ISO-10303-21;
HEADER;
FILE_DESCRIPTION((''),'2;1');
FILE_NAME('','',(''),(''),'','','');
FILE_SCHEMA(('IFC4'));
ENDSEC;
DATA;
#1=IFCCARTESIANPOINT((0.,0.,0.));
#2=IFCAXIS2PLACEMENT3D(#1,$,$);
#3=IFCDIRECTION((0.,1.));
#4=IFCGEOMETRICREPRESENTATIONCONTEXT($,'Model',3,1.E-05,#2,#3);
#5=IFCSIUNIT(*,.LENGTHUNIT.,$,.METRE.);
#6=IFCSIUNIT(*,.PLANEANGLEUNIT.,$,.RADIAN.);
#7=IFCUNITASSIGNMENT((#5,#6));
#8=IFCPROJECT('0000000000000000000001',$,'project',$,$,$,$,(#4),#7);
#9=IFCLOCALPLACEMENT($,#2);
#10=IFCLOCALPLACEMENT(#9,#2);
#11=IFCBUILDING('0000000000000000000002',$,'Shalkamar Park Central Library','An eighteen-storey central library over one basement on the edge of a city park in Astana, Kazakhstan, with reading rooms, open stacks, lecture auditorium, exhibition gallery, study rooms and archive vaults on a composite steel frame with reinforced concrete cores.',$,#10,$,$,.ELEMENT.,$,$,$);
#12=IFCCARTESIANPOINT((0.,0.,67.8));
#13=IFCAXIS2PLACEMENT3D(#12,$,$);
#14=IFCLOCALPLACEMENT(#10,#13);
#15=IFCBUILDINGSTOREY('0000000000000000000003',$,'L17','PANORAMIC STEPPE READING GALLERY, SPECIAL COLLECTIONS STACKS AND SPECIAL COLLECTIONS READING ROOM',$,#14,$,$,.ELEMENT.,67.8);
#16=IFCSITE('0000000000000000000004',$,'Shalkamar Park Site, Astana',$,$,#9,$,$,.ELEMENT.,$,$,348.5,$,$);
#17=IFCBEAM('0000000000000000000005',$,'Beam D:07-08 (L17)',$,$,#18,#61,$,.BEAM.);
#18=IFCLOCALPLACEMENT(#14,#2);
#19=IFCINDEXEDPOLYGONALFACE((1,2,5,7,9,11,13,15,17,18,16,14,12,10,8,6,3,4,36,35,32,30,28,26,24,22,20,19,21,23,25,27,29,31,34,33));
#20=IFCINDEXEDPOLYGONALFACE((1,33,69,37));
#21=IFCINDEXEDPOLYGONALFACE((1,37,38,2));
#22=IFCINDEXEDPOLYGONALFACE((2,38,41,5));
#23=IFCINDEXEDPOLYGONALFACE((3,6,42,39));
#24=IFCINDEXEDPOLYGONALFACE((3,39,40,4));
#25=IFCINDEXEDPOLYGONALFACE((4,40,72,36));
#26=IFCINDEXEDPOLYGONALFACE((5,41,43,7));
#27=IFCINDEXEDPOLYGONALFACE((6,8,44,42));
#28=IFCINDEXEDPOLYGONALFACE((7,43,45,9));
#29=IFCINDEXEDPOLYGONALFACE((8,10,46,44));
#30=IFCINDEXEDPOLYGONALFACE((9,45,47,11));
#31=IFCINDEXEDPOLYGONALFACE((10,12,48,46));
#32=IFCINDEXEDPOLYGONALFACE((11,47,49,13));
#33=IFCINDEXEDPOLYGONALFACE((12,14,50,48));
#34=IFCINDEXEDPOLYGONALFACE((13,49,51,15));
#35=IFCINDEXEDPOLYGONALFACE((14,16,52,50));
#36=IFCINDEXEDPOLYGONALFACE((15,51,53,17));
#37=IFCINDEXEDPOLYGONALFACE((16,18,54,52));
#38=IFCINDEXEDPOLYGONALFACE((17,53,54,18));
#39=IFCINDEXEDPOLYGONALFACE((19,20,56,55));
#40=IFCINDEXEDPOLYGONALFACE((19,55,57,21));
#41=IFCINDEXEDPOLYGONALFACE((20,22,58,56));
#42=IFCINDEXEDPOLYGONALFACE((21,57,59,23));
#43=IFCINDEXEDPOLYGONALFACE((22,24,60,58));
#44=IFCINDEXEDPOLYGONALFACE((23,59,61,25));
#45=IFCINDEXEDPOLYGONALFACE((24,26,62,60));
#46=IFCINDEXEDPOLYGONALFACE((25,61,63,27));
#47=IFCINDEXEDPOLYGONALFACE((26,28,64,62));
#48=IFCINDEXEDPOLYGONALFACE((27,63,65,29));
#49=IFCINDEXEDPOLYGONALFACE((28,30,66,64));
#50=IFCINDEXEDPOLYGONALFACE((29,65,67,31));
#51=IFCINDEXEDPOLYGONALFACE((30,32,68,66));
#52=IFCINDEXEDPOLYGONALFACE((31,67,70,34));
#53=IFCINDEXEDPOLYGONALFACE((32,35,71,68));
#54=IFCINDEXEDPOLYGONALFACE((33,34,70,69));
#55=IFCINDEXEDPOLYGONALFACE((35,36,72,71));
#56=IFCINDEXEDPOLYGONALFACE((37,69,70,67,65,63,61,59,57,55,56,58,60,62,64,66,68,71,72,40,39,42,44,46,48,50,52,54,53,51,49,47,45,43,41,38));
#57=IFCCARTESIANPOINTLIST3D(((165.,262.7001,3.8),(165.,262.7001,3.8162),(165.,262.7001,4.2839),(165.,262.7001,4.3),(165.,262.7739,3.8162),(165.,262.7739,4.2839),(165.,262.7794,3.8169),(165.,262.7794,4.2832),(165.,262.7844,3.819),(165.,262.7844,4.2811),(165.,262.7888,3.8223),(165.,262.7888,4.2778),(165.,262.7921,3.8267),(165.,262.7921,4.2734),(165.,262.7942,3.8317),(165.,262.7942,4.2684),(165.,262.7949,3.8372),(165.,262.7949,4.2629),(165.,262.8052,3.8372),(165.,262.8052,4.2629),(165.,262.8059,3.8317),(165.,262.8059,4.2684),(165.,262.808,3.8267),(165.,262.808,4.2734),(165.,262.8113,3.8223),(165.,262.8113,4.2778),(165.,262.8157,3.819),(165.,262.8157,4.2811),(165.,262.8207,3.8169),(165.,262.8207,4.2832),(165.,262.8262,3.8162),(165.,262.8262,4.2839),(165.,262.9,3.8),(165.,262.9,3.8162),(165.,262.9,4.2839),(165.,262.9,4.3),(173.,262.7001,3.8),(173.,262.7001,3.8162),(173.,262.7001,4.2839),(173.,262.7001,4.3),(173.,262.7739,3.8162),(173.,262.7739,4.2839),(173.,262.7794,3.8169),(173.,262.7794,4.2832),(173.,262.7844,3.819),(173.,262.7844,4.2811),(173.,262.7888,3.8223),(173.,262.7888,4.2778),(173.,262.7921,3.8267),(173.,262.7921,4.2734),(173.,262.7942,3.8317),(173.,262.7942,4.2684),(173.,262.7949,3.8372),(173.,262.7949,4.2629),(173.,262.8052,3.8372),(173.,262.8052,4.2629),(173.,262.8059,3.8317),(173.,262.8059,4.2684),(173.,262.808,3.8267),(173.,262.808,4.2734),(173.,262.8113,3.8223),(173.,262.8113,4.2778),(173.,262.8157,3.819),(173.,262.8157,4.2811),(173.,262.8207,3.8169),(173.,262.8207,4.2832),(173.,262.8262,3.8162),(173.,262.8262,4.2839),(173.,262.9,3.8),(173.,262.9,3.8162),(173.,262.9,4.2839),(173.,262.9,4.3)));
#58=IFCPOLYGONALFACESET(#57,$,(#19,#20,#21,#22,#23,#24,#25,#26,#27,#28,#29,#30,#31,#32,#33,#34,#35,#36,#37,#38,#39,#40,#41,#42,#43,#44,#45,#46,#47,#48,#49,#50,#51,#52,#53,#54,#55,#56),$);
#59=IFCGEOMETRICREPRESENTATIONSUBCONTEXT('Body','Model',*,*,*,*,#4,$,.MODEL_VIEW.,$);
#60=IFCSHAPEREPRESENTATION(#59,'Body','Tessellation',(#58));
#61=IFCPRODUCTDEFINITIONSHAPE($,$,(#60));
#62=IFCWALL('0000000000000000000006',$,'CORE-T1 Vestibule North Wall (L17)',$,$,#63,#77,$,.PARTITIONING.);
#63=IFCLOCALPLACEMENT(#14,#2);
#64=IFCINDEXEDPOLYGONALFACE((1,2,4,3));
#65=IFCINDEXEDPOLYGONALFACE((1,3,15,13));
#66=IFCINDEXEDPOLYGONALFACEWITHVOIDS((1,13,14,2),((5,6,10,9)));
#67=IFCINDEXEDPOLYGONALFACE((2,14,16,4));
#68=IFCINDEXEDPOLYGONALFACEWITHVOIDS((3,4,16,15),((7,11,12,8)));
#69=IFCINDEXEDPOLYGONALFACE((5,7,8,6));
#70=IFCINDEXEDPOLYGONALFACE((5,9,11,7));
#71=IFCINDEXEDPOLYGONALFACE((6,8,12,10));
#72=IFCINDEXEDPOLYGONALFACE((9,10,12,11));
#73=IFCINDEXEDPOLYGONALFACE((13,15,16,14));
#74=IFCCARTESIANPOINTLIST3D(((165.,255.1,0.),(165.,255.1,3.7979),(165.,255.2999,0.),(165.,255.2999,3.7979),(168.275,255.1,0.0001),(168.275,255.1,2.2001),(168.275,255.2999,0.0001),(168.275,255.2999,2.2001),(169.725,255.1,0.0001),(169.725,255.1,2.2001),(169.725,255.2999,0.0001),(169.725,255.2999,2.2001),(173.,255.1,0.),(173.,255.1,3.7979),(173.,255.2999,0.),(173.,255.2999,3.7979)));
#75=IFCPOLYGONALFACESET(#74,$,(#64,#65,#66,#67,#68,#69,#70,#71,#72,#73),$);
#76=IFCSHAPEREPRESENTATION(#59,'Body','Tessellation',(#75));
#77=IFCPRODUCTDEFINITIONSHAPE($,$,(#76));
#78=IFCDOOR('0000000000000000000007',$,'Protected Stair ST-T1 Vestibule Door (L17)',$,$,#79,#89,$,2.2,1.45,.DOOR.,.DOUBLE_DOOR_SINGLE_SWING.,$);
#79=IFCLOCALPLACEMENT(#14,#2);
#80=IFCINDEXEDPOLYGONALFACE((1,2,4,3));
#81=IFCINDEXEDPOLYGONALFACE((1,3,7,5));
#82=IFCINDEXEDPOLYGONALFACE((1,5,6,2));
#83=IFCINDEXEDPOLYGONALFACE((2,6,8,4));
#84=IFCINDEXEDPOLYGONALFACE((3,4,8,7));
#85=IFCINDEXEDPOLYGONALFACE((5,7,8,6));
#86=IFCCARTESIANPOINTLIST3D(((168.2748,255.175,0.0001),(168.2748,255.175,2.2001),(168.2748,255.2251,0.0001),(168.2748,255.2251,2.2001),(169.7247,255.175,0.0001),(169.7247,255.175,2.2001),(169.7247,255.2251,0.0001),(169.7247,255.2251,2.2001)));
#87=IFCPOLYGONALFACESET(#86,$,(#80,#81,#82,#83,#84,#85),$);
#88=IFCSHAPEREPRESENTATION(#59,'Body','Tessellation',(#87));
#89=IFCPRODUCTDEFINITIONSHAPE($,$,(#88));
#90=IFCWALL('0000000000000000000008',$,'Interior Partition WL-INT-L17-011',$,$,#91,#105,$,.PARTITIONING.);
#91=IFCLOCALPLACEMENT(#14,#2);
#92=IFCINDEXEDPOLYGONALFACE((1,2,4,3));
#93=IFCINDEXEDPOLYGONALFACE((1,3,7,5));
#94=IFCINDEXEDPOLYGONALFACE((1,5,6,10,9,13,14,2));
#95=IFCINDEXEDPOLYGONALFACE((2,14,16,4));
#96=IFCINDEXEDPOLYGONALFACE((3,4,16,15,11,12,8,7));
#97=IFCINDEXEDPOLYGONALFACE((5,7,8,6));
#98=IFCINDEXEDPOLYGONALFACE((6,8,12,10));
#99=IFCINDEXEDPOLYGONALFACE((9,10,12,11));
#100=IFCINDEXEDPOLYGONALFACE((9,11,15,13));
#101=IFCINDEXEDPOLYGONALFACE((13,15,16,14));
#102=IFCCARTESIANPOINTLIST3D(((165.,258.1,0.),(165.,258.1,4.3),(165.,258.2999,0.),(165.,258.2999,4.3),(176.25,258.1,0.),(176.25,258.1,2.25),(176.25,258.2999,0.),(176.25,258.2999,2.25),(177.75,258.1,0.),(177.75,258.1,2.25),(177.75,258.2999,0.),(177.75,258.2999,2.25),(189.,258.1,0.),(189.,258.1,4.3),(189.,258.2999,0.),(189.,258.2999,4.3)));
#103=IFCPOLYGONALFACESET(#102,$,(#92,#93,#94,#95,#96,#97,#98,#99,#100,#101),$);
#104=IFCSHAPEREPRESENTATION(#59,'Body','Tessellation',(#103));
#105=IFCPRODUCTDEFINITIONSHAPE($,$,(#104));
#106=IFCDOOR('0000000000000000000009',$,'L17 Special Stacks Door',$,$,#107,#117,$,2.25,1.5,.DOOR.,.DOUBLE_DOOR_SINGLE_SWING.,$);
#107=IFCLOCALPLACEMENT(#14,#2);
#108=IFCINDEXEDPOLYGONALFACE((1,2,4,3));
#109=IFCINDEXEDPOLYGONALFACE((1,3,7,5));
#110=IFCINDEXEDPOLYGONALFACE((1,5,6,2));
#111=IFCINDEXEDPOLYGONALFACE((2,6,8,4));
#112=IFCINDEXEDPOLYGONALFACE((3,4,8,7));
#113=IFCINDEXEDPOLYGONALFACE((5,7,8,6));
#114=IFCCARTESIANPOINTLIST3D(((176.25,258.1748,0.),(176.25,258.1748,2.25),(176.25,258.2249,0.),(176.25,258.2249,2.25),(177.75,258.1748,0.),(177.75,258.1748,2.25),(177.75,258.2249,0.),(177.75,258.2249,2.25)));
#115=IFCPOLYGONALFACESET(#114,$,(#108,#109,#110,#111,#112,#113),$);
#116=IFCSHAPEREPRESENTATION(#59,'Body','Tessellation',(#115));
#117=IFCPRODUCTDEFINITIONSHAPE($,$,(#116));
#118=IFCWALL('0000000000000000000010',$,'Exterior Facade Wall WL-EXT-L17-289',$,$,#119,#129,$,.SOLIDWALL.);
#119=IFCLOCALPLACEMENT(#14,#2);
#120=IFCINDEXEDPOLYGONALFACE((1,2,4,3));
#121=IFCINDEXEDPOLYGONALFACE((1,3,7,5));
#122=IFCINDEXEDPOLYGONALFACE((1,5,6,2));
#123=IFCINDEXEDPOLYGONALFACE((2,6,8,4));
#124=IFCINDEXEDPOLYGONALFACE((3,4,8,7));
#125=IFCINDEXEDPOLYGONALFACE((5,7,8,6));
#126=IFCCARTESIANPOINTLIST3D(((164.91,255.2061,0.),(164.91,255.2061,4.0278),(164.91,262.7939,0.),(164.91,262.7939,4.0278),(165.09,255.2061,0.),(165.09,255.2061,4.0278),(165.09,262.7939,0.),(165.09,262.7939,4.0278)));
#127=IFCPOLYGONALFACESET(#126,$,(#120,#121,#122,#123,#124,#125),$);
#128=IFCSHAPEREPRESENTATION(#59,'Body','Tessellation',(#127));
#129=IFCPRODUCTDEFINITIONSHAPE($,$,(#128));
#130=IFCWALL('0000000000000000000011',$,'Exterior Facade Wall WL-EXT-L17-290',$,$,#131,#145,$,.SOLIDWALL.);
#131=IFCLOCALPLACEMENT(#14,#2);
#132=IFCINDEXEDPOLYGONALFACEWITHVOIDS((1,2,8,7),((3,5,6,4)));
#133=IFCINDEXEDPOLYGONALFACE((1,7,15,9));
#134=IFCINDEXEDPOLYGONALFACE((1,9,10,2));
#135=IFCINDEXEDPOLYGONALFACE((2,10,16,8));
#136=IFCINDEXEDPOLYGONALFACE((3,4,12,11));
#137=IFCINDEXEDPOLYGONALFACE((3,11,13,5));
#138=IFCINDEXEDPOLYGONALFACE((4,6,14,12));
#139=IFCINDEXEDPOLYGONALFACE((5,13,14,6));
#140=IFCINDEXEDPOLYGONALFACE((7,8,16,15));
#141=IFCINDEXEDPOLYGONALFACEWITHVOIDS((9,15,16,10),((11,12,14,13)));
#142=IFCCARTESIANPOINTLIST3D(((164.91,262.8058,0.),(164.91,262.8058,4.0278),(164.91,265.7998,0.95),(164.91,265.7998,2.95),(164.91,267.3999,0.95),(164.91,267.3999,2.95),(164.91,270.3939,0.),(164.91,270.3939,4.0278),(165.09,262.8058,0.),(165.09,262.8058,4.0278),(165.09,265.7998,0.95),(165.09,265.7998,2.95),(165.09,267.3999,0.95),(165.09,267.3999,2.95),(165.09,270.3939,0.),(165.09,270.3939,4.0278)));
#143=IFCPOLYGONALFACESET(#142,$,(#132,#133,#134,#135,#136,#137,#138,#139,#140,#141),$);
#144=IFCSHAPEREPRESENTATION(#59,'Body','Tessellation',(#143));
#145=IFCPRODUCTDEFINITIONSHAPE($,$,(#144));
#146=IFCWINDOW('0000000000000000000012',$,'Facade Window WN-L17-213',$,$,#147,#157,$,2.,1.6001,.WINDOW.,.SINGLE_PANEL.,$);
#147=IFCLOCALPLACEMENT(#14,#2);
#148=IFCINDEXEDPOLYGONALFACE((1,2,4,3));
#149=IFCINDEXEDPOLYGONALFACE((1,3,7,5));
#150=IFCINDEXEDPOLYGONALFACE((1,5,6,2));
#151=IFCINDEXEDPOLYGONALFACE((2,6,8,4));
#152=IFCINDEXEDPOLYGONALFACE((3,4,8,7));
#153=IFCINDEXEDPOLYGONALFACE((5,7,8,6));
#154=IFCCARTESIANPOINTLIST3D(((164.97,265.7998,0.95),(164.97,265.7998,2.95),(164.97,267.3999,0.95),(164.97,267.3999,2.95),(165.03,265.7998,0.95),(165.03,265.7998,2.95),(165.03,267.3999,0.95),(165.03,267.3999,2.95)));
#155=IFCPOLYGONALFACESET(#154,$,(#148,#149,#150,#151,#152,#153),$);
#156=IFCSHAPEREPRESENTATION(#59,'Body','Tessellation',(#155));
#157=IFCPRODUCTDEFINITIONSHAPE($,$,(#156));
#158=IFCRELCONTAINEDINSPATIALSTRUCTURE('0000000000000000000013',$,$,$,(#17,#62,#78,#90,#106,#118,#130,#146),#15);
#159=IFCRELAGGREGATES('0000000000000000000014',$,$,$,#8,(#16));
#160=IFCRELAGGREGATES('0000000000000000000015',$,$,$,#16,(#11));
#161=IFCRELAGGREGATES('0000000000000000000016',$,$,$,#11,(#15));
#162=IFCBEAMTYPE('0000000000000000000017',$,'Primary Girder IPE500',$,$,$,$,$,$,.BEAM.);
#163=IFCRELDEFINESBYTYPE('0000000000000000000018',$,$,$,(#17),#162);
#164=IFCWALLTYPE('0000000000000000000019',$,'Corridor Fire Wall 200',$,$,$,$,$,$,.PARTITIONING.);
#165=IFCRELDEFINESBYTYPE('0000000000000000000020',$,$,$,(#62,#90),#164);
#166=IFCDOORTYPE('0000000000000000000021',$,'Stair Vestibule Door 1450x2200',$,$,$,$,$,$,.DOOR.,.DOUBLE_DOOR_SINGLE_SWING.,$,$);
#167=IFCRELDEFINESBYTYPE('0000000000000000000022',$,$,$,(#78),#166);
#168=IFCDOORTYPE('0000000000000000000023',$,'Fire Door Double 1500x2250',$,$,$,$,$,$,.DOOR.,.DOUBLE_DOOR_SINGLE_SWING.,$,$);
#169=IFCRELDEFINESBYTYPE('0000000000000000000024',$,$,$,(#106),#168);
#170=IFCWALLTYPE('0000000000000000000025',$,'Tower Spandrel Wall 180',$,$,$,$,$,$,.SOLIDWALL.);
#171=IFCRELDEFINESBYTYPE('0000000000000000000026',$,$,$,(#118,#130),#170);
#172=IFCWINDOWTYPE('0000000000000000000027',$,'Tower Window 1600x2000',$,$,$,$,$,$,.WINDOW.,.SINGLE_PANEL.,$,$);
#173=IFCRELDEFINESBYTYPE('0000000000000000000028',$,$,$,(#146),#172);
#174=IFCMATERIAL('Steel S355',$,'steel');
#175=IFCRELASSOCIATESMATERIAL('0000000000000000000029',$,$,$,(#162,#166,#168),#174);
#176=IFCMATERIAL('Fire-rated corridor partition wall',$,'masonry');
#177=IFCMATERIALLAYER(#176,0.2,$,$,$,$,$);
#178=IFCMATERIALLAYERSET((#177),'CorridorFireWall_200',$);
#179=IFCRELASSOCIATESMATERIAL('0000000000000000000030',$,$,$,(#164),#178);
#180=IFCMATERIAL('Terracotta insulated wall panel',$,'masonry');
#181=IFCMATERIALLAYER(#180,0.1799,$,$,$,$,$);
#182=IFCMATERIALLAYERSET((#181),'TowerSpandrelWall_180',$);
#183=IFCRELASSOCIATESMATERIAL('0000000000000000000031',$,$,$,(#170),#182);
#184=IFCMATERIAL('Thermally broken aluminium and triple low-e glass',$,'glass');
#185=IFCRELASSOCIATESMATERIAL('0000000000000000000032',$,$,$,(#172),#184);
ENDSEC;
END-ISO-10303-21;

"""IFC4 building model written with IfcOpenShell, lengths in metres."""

from ifc_helpers import new_model, si_unit, direction, frame, frame_2d, origin, origin_2d, place, context, subcontext, project, spatial, rectangle, i_section, extrude, material, layer, layer_set, material_profile, profile_set, type_object, element, fill, save


model = new_model("IFC4")

# Units and contexts
model_context = context("Model", 3, precision=1e-05, world=origin(), true_north=direction((0.0, 1.0)))
body_context = subcontext(model_context, "Body", "Model", "MODEL_VIEW")
ifc_project = project(units=[si_unit("LENGTHUNIT", "METRE"), si_unit("PLANEANGLEUNIT", "RADIAN")], contexts=[model_context])

# Site, building, storey
site_placement = place(None, origin())
site = spatial("IfcSite", under=ifc_project, at=site_placement, Name="Shalkamar Park Site, Astana", CompositionType="ELEMENT", RefElevation=348.5)
building_placement = place(site_placement, origin())
building = spatial("IfcBuilding", under=site, at=building_placement, Name="Shalkamar Park Central Library", Description="An eighteen-storey central library over one basement on the edge of a city park in Astana, Kazakhstan, with reading rooms, open stacks, lecture auditorium, exhibition gallery, study rooms and archive vaults on a composite steel frame with reinforced concrete cores.", CompositionType="ELEMENT")
storey_placement = place(building_placement, frame((0.0, 0.0, 67.8)))
storey = spatial("IfcBuildingStorey", under=building, at=storey_placement, Name="L17", Description="PANORAMIC STEPPE READING GALLERY, SPECIAL COLLECTIONS STACKS AND SPECIAL COLLECTIONS READING ROOM", CompositionType="ELEMENT", Elevation=67.8)

# Shared definitions
ifc_material_1 = material(Name="Steel S355", Category="steel")

# Beam
ifc_material_profile_1 = material_profile(ifc_material_1, i_section(OverallWidth=0.2, OverallDepth=0.5, WebThickness=0.0103, FlangeThickness=0.0161, FilletRadius=0.021, at=origin_2d()), Name="IPE 500")
ifc_profile_set_1 = profile_set([ifc_material_profile_1], Name="Steel S355")
beam_type_1 = type_object("IfcBeamType", Name="Primary Girder IPE500", PredefinedType="BEAM", material=ifc_profile_set_1)
for number, where, z_axis, x_axis, name in (
    (1, (165.0, 262.8, 4.05), (1.0, 0.0, 0.0), (0.0, 1.0, 0.0), "Beam D:07-08 (L17)"),
):
    element("IfcBeam", number, at=place(storey_placement, frame(where, z_axis=z_axis, x_axis=x_axis)), inside=storey, type_object=beam_type_1, Name=name, PredefinedType="BEAM", context=body_context, shape_type="SweptSolid", body=[
        extrude(i_section(OverallWidth=0.2, OverallDepth=0.5, WebThickness=0.0103, FlangeThickness=0.0161, FilletRadius=0.021, at=origin_2d()), origin(), (0.0, 0.0, 1.0), 8.0),
    ])

# Walls, openings, doors
ifc_material_2 = material(Name="Fire-rated corridor partition wall", Category="masonry")
ifc_layer_1 = layer(ifc_material_2, 0.2)
ifc_layer_set_1 = layer_set([ifc_layer_1], Name="CorridorFireWall_200")
wall_type_1 = type_object("IfcWallType", Name="Corridor Fire Wall 200", PredefinedType="PARTITIONING", material=ifc_layer_set_1)
wall_1_placement = place(storey_placement, frame((165.0, 255.2, 0.0), z_axis=(0.0, 0.0, 1.0), x_axis=(1.0, 0.0, 0.0)))
wall_1 = element("IfcWall", 2, at=wall_1_placement, inside=storey, type_object=wall_type_1, Name="CORE-T1 Vestibule North Wall (L17)", PredefinedType="PARTITIONING", context=body_context, shape_type="SweptSolid", body=[
    extrude(rectangle(XDim=8.0, YDim=0.2, at=frame_2d((4.0, 0.0))), origin(), (0.0, 0.0, 1.0), 3.7979),
])
opening_1_placement = place(wall_1_placement, frame((3.2749, 0.0, 0.0)))
opening_1 = element("IfcOpeningElement", 3, at=opening_1_placement, cuts=wall_1, PredefinedType="OPENING", context=body_context, shape_type="SweptSolid", body=[
    extrude(rectangle(XDim=1.45, YDim=2.2, at=frame_2d((0.7251, 1.1001))), frame((0.0, 0.1147, 0.0), z_axis=(0.0, -1.0, 0.0), x_axis=(1.0, 0.0, 0.0)), (0.0, 0.0, 1.0), 0.2297),
])
door_type_1 = type_object("IfcDoorType", Name="Stair Vestibule Door 1450x2200", OperationType="DOUBLE_DOOR_SINGLE_SWING", PredefinedType="DOOR", material=ifc_material_1)
door_1_placement = place(opening_1_placement, frame((1.45, 0.0, 0.0), z_axis=(0.0, 0.0, 1.0), x_axis=(-1.0, 0.0, 0.0)))
door_1 = element("IfcDoor", 4, at=door_1_placement, inside=storey, type_object=door_type_1, Name="Protected Stair ST-T1 Vestibule Door (L17)", OperationType="DOUBLE_DOOR_SINGLE_SWING", OverallHeight=2.2, OverallWidth=1.45, PredefinedType="DOOR", context=body_context, shape_type="SweptSolid", body=[
    extrude(rectangle(XDim=1.45, YDim=2.2, at=frame_2d((0.7251, 1.1001))), frame((0.0, 0.0249, 0.0), z_axis=(0.0, -1.0, 0.0), x_axis=(1.0, 0.0, 0.0)), (0.0, 0.0, 1.0), 0.05),
])
fill(opening_1, door_1)
wall_2_placement = place(storey_placement, frame((165.0, 258.2, 0.0), z_axis=(0.0, 0.0, 1.0), x_axis=(1.0, 0.0, 0.0)))
wall_2 = element("IfcWall", 5, at=wall_2_placement, inside=storey, type_object=wall_type_1, Name="Interior Partition WL-INT-L17-011", PredefinedType="PARTITIONING", context=body_context, shape_type="SweptSolid", body=[
    extrude(rectangle(XDim=24.0, YDim=0.2, at=frame_2d((12.0, 0.0))), origin(), (0.0, 0.0, 1.0), 4.3),
])
opening_2_placement = place(wall_2_placement, frame((11.25, 0.0, 0.0)))
opening_2 = element("IfcOpeningElement", 6, at=opening_2_placement, cuts=wall_2, PredefinedType="OPENING", context=body_context, shape_type="SweptSolid", body=[
    extrude(rectangle(XDim=1.5, YDim=2.25, at=frame_2d((0.75, 1.125))), frame((0.0, 0.1147, 0.0), z_axis=(0.0, -1.0, 0.0), x_axis=(1.0, 0.0, 0.0)), (0.0, 0.0, 1.0), 0.2297),
])
door_type_2 = type_object("IfcDoorType", Name="Fire Door Double 1500x2250", OperationType="DOUBLE_DOOR_SINGLE_SWING", PredefinedType="DOOR", material=ifc_material_1)
door_2_placement = place(opening_2_placement, origin())
door_2 = element("IfcDoor", 7, at=door_2_placement, inside=storey, type_object=door_type_2, Name="L17 Special Stacks Door", OperationType="DOUBLE_DOOR_SINGLE_SWING", OverallHeight=2.25, OverallWidth=1.5, PredefinedType="DOOR", context=body_context, shape_type="SweptSolid", body=[
    extrude(rectangle(XDim=1.5, YDim=2.25, at=frame_2d((0.75, 1.125))), frame((0.0, 0.0249, 0.0), z_axis=(0.0, -1.0, 0.0), x_axis=(1.0, 0.0, 0.0)), (0.0, 0.0, 1.0), 0.05),
])
fill(opening_2, door_2)

# Wall
ifc_material_3 = material(Name="Terracotta insulated wall panel", Category="masonry")
ifc_layer_2 = layer(ifc_material_3, 0.1799)
ifc_layer_set_2 = layer_set([ifc_layer_2], Name="TowerSpandrelWall_180")
wall_type_2 = type_object("IfcWallType", Name="Tower Spandrel Wall 180", PredefinedType="SOLIDWALL", material=ifc_layer_set_2)
wall_3_placement = place(storey_placement, frame((165.0, 255.2061, 0.0), z_axis=(0.0, 0.0, 1.0), x_axis=(0.0, 1.0, 0.0)))
element("IfcWall", 8, at=wall_3_placement, inside=storey, type_object=wall_type_2, Name="Exterior Facade Wall WL-EXT-L17-289", PredefinedType="SOLIDWALL", context=body_context, shape_type="SweptSolid", body=[
    extrude(rectangle(XDim=7.5879, YDim=0.1799, at=frame_2d((3.7939, 0.0))), origin(), (0.0, 0.0, 1.0), 4.0278),
])

# Wall, opening, window
wall_4_placement = place(storey_placement, frame((165.0, 262.8059, 0.0), z_axis=(0.0, 0.0, 1.0), x_axis=(0.0, 1.0, 0.0)))
wall_4 = element("IfcWall", 9, at=wall_4_placement, inside=storey, type_object=wall_type_2, Name="Exterior Facade Wall WL-EXT-L17-290", PredefinedType="SOLIDWALL", context=body_context, shape_type="SweptSolid", body=[
    extrude(rectangle(XDim=7.5881, YDim=0.1799, at=frame_2d((3.7939, 0.0))), origin(), (0.0, 0.0, 1.0), 4.0278),
])
opening_3_placement = place(wall_4_placement, frame((2.9939, 0.0, 0.95)))
opening_3 = element("IfcOpeningElement", 10, at=opening_3_placement, cuts=wall_4, PredefinedType="OPENING", context=body_context, shape_type="SweptSolid", body=[
    extrude(rectangle(XDim=1.6001, YDim=2.0, at=frame_2d((0.8, 1.0))), frame((0.0, 0.105, 0.0), z_axis=(0.0, -1.0, 0.0), x_axis=(1.0, 0.0, 0.0)), (0.0, 0.0, 1.0), 0.2097),
])
ifc_material_4 = material(Name="Thermally broken aluminium and triple low-e glass", Category="glass")
window_type = type_object("IfcWindowType", Name="Tower Window 1600x2000", PartitioningType="SINGLE_PANEL", PredefinedType="WINDOW", material=ifc_material_4)
window_placement = place(opening_3_placement, origin())
window = element("IfcWindow", 11, at=window_placement, inside=storey, type_object=window_type, Name="Facade Window WN-L17-213", OverallHeight=2.0, OverallWidth=1.6001, PartitioningType="SINGLE_PANEL", PredefinedType="WINDOW", context=body_context, shape_type="SweptSolid", body=[
    extrude(rectangle(XDim=1.6001, YDim=2.0, at=frame_2d((0.8, 1.0))), frame((0.0, 0.03, 0.0), z_axis=(0.0, -1.0, 0.0), x_axis=(1.0, 0.0, 0.0)), (0.0, 0.0, 1.0), 0.0601),
])
fill(opening_3, window)

save(model, "model.ifc")
